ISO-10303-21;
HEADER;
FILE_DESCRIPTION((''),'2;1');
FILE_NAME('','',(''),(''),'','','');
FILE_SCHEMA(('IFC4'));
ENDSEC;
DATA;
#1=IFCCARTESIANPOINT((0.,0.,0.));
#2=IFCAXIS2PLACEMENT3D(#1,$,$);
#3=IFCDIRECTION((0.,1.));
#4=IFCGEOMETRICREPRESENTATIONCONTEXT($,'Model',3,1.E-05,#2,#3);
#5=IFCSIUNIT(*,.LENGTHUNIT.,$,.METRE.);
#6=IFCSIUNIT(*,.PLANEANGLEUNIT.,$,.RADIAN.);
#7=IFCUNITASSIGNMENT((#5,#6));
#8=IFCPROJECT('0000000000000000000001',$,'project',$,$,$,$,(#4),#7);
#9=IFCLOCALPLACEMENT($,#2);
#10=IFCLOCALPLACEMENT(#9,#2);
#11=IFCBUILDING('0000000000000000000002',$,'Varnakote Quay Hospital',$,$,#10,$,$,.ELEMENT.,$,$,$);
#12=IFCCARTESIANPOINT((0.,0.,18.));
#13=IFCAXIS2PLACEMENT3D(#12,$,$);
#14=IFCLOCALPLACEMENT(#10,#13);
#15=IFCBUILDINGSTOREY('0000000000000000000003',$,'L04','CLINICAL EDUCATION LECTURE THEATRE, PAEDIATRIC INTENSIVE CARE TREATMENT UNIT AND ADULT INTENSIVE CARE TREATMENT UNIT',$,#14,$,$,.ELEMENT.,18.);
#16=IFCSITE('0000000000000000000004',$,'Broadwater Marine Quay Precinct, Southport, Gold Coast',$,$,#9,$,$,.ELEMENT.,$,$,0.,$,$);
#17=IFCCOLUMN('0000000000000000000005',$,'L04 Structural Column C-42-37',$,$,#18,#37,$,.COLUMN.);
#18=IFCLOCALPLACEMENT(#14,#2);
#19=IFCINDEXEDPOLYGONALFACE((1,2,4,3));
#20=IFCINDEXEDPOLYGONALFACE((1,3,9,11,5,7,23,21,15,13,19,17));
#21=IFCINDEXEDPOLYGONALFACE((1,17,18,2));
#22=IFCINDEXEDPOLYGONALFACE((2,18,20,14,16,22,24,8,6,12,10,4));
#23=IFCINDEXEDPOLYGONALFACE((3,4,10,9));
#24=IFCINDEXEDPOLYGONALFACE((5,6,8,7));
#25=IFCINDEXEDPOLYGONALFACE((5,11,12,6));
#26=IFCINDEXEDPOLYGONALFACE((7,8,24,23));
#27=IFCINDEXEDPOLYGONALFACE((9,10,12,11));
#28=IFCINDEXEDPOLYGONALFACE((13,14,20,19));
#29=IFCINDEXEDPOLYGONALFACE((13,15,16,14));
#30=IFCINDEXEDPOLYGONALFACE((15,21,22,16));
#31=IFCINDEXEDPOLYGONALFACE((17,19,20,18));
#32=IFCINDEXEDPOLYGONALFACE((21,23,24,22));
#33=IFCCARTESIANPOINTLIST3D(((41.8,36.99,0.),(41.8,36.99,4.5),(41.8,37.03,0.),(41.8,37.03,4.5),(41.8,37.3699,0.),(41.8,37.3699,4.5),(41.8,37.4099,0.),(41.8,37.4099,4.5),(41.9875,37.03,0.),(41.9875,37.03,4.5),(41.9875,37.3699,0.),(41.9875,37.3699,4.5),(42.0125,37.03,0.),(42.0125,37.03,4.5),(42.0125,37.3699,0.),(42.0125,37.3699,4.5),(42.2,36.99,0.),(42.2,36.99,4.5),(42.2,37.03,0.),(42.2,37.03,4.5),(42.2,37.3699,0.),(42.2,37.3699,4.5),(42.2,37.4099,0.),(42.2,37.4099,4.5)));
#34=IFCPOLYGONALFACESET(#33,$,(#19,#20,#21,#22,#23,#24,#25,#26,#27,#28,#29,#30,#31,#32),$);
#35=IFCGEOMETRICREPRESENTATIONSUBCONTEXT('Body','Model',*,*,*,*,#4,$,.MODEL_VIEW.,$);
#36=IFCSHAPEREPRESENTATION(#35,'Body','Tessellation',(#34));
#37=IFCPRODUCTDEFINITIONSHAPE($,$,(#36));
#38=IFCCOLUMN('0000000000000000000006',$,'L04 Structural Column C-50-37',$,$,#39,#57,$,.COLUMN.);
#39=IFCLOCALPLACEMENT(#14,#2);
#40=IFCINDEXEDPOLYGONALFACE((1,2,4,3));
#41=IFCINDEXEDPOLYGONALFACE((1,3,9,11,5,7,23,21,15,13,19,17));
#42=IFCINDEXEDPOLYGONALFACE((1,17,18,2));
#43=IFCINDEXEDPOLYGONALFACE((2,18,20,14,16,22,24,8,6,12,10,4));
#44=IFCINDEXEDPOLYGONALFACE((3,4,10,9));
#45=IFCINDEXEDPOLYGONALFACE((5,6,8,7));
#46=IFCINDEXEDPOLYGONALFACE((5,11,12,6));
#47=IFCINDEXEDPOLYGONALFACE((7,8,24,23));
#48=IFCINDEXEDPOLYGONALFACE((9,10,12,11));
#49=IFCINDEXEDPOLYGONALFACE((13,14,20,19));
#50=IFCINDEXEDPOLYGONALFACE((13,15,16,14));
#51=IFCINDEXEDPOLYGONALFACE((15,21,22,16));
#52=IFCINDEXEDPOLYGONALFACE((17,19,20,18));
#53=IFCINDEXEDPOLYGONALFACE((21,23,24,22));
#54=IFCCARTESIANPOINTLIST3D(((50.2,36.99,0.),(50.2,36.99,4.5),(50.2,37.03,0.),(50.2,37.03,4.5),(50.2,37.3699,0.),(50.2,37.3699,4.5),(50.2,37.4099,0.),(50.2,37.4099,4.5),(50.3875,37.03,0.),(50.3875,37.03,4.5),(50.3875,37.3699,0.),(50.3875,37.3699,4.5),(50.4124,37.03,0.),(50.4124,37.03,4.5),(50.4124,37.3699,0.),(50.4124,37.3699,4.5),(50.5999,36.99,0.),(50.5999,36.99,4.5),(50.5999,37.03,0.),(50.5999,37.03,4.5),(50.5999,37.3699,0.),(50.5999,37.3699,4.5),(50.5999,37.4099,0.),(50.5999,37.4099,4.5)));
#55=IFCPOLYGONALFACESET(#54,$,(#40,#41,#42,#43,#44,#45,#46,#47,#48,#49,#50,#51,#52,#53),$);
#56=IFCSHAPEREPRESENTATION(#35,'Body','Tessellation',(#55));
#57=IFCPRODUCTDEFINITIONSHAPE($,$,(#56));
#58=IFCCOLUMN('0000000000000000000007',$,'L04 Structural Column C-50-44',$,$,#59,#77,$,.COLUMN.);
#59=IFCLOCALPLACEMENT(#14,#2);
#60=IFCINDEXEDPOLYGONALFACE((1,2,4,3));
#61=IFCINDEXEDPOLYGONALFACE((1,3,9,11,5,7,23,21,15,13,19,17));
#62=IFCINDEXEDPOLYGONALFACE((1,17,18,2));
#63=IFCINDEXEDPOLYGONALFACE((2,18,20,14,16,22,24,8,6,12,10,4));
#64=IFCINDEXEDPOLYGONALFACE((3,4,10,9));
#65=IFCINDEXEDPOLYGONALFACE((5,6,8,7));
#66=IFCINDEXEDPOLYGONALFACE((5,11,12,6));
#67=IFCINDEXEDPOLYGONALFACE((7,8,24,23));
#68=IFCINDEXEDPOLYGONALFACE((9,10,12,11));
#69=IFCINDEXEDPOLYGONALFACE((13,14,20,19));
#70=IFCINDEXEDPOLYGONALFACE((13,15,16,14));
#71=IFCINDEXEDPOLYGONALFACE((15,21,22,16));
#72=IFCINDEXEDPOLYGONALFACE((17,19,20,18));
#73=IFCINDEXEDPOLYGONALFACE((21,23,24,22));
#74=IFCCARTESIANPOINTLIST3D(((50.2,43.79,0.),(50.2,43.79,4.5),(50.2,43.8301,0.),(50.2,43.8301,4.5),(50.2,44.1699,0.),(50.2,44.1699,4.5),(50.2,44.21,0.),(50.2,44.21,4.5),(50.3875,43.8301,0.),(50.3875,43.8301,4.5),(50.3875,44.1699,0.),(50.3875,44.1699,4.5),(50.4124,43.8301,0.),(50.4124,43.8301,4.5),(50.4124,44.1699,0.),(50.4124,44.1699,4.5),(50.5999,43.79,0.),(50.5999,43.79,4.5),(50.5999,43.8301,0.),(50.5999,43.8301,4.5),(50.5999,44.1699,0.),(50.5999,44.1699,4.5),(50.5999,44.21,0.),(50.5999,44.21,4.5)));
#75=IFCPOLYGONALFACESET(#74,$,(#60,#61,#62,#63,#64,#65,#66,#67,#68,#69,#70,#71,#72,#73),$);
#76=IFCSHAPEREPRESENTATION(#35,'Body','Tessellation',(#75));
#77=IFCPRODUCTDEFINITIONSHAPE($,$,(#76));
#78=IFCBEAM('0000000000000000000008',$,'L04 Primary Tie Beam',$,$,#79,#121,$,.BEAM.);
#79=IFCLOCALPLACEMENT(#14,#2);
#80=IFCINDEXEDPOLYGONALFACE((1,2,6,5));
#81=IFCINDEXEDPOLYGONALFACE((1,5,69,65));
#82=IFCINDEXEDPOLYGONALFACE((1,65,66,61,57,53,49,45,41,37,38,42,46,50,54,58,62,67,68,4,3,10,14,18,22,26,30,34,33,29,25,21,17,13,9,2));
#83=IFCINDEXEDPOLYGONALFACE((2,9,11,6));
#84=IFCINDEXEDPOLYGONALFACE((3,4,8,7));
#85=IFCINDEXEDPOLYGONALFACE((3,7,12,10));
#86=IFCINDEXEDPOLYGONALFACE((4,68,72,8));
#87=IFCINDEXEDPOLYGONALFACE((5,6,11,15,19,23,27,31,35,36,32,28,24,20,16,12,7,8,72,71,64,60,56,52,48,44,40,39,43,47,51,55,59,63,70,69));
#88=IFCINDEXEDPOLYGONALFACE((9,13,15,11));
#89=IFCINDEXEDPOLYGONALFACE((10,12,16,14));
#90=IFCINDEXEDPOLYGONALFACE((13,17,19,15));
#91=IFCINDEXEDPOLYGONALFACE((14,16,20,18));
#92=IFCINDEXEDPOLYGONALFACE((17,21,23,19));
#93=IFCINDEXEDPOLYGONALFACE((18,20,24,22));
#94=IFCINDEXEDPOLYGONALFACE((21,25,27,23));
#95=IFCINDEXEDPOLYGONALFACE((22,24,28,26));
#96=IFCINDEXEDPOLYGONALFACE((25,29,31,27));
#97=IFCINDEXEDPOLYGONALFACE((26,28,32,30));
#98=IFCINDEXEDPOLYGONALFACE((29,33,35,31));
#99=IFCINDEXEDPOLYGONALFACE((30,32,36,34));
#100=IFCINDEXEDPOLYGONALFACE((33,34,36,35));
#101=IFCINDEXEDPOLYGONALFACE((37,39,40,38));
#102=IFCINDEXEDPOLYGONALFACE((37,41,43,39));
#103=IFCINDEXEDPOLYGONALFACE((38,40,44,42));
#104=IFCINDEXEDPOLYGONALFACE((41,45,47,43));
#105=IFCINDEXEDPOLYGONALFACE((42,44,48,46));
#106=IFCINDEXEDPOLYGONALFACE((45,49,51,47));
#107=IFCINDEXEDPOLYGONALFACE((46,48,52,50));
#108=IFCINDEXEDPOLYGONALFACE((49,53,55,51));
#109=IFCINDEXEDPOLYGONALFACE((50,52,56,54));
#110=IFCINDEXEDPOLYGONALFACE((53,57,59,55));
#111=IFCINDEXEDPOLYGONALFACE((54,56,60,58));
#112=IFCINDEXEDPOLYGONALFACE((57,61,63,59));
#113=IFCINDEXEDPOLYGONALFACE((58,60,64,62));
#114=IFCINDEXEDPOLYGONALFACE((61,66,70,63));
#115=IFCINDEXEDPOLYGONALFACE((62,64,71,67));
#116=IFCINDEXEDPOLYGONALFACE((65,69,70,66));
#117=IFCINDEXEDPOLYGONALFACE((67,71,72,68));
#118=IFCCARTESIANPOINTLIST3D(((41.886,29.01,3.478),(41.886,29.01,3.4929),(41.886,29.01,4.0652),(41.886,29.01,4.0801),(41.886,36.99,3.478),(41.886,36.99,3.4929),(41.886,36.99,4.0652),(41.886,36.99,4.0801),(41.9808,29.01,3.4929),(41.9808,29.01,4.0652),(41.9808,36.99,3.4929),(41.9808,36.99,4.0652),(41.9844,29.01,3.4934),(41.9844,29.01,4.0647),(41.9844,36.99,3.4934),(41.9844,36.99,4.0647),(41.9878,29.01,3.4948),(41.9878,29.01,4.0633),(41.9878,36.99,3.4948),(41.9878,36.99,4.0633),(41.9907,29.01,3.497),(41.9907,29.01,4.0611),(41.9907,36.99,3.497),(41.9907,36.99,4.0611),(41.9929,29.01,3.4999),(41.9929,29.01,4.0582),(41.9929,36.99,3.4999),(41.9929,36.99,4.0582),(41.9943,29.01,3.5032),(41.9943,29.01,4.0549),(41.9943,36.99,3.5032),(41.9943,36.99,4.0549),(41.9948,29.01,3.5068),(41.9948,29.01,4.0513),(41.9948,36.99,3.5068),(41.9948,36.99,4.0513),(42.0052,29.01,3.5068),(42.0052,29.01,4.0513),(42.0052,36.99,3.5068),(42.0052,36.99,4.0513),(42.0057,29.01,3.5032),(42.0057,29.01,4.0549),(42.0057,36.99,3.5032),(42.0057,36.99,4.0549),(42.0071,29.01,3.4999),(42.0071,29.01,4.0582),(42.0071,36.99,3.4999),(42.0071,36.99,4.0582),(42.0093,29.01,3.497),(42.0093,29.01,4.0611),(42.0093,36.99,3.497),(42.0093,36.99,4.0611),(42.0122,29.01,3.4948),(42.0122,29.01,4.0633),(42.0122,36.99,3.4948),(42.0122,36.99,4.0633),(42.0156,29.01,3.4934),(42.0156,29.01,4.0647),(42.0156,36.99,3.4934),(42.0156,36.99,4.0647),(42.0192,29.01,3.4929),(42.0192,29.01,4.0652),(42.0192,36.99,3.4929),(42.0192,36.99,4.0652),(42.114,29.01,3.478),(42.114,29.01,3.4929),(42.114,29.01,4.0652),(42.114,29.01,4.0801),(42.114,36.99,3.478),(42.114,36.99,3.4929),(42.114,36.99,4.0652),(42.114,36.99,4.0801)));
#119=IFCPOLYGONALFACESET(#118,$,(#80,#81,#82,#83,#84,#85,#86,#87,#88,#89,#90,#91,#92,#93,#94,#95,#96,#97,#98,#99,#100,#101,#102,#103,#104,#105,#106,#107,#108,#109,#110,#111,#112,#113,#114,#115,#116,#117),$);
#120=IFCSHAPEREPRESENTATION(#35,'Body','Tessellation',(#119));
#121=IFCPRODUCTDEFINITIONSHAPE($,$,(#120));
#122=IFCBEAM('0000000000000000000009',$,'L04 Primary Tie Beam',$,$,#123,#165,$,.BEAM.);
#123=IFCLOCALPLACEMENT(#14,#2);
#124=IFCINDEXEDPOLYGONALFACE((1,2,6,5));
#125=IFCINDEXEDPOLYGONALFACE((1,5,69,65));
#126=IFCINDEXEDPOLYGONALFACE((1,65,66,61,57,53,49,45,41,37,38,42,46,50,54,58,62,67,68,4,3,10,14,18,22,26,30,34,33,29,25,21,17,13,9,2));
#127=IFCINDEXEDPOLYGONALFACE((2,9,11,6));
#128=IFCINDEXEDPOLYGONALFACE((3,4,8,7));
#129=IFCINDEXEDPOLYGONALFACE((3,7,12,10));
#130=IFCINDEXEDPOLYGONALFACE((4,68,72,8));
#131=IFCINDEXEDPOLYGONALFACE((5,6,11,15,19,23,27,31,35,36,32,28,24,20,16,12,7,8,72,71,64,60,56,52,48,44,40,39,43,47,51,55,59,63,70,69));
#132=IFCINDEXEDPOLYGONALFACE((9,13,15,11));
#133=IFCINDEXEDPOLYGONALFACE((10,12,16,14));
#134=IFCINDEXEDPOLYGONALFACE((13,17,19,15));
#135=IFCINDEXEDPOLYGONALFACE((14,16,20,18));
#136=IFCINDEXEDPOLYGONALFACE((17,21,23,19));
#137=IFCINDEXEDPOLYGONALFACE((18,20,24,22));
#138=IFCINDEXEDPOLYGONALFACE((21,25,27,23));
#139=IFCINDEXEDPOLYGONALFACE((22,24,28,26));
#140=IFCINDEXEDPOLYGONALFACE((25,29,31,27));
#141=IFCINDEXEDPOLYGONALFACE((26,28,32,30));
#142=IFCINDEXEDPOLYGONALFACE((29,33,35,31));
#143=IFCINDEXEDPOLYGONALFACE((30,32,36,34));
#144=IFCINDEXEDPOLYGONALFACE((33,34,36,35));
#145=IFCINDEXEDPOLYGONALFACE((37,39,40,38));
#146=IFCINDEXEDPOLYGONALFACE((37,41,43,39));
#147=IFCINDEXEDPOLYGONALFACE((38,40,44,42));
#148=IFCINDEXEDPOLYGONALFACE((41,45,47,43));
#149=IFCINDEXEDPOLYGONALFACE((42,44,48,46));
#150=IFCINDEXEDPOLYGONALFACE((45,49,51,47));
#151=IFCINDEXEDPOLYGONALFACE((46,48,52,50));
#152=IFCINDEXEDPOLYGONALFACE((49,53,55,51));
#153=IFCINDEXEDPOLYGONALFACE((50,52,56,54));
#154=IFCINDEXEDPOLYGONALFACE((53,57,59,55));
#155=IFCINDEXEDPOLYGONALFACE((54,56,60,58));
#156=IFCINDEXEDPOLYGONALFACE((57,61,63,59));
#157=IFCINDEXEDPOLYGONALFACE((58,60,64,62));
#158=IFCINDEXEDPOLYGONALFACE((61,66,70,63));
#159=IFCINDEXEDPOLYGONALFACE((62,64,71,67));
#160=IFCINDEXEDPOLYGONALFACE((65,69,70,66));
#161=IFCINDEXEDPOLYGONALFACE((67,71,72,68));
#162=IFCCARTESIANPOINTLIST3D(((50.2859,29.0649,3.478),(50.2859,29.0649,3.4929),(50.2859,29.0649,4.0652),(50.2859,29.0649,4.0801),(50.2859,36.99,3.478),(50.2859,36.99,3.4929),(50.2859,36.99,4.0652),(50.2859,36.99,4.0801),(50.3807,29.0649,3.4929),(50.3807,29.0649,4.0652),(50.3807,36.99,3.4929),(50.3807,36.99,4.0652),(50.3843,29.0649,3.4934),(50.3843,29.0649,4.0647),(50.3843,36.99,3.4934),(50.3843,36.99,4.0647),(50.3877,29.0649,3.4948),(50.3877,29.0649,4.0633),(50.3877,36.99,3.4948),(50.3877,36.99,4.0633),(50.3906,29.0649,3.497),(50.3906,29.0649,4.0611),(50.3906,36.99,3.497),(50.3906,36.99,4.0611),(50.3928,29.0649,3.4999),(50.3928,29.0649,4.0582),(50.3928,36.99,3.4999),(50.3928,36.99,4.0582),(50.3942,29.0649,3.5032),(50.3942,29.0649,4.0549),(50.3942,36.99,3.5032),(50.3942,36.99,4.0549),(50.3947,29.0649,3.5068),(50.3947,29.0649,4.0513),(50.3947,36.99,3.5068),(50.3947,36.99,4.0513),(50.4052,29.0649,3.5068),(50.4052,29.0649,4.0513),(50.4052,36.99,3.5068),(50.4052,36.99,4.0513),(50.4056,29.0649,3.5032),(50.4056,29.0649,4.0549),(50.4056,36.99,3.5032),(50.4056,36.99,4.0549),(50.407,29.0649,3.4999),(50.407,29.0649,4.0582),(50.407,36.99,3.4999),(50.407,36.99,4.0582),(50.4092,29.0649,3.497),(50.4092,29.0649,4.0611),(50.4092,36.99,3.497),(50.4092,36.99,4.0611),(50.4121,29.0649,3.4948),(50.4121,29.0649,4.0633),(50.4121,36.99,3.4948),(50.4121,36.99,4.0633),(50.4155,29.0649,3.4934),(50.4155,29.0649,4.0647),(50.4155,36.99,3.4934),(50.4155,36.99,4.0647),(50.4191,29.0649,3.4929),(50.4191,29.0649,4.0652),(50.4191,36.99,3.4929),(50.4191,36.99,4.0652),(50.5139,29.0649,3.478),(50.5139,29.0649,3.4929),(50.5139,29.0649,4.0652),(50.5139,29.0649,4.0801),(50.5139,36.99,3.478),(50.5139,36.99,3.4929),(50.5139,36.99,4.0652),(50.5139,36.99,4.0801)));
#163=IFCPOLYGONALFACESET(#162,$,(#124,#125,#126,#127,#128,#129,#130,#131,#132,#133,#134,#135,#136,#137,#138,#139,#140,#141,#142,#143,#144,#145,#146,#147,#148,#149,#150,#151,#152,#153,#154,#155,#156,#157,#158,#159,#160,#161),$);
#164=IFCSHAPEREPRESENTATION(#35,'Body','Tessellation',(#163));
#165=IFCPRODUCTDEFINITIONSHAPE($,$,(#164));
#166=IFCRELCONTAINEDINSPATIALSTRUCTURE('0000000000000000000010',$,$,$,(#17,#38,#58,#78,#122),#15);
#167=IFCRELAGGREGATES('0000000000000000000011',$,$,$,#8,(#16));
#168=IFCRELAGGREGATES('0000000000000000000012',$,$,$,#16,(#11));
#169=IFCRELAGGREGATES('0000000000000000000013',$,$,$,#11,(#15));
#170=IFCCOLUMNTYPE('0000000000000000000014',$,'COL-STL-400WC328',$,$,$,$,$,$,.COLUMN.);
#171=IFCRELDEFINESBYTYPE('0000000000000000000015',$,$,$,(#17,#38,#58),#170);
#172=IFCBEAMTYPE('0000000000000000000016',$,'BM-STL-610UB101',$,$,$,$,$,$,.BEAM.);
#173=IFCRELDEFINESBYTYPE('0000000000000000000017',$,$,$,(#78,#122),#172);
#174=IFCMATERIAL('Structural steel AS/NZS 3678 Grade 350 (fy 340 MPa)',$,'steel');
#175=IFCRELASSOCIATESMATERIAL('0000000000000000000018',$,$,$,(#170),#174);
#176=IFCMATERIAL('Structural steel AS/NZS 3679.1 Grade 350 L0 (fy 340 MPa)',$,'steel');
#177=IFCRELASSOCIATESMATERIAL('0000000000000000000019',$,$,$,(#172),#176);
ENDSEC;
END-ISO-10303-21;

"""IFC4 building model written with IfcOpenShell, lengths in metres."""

from ifc_helpers import new_model, si_unit, direction, frame, origin, origin_2d, place, context, subcontext, project, spatial, i_section, extrude, material, material_profile, profile_set, type_object, element, save


model = new_model("IFC4")

# Units and contexts
model_context = context("Model", 3, precision=1e-05, world=origin(), true_north=direction((0.0, 1.0)))
body_context = subcontext(model_context, "Body", "Model", "MODEL_VIEW")
ifc_project = project(units=[si_unit("LENGTHUNIT", "METRE"), si_unit("PLANEANGLEUNIT", "RADIAN")], contexts=[model_context])

# Site, building, storey
site_placement = place(None, origin())
site = spatial("IfcSite", under=ifc_project, at=site_placement, Name="Broadwater Marine Quay Precinct, Southport, Gold Coast", CompositionType="ELEMENT", RefElevation=0.0)
building_placement = place(site_placement, origin())
building = spatial("IfcBuilding", under=site, at=building_placement, Name="Varnakote Quay Hospital", CompositionType="ELEMENT")
storey_placement = place(building_placement, frame((0.0, 0.0, 18.0)))
storey = spatial("IfcBuildingStorey", under=building, at=storey_placement, Name="L04", Description="CLINICAL EDUCATION LECTURE THEATRE, PAEDIATRIC INTENSIVE CARE TREATMENT UNIT AND ADULT INTENSIVE CARE TREATMENT UNIT", CompositionType="ELEMENT", Elevation=18.0)

# Columns
ifc_material_1 = material(Name="Structural steel AS/NZS 3678 Grade 350 (fy 340 MPa)", Category="steel")
ifc_material_profile_1 = material_profile(ifc_material_1, i_section(OverallWidth=0.3999, OverallDepth=0.4199, WebThickness=0.0249, FlangeThickness=0.04, at=origin_2d()), Name="400WC328")
ifc_profile_set_1 = profile_set([ifc_material_profile_1], Name="Structural steel AS/NZS 3678 Grade 350 (fy 340 MPa)")
column_type = type_object("IfcColumnType", Name="COL-STL-400WC328", PredefinedType="COLUMN", material=ifc_profile_set_1)
for number, where, z_axis, x_axis, name in (
    (1, (42.0, 37.2, 0.0), (0.0, 0.0, 1.0), (1.0, 0.0, 0.0), "L04 Structural Column C-42-37"),
    (2, (50.3999, 37.2, 0.0), (0.0, 0.0, 1.0), (1.0, 0.0, 0.0), "L04 Structural Column C-50-37"),
    (3, (50.3999, 44.0, 0.0), (0.0, 0.0, 1.0), (1.0, 0.0, 0.0), "L04 Structural Column C-50-44"),
):
    element("IfcColumn", number, at=place(storey_placement, frame(where, z_axis=z_axis, x_axis=x_axis)), inside=storey, type_object=column_type, Name=name, PredefinedType="COLUMN", context=body_context, shape_type="SweptSolid", body=[
        extrude(i_section(OverallWidth=0.3999, OverallDepth=0.4199, WebThickness=0.0249, FlangeThickness=0.04, at=origin_2d()), origin(), (0.0, 0.0, 1.0), 4.5),
    ])

# Beams
ifc_material_2 = material(Name="Structural steel AS/NZS 3679.1 Grade 350 L0 (fy 340 MPa)", Category="steel")
ifc_material_profile_2 = material_profile(ifc_material_2, i_section(OverallWidth=0.228, OverallDepth=0.6021, WebThickness=0.0105, FlangeThickness=0.0149, FilletRadius=0.0139, at=origin_2d()), Name="610UB101")
ifc_profile_set_2 = profile_set([ifc_material_profile_2], Name="Structural steel AS/NZS 3679.1 Grade 350 L0 (fy 340 MPa)")
beam_type_1 = type_object("IfcBeamType", Name="BM-STL-610UB101", PredefinedType="BEAM", material=ifc_profile_set_2)
beam_1_placement = place(storey_placement, frame((42.0, 29.01, 3.7791), z_axis=(0.0, 1.0, 0.0), x_axis=(-1.0, 0.0, 0.0)))
element("IfcBeam", 4, at=beam_1_placement, inside=storey, type_object=beam_type_1, Name="L04 Primary Tie Beam", PredefinedType="BEAM", context=body_context, shape_type="SweptSolid", body=[
    extrude(i_section(OverallWidth=0.228, OverallDepth=0.6021, WebThickness=0.0105, FlangeThickness=0.0149, FilletRadius=0.0139, at=origin_2d()), origin(), (0.0, 0.0, 1.0), 7.98),
])
beam_2_placement = place(storey_placement, frame((50.3999, 29.0649, 3.7791), z_axis=(0.0, 1.0, 0.0), x_axis=(-1.0, 0.0, 0.0)))
element("IfcBeam", 5, at=beam_2_placement, inside=storey, type_object=beam_type_1, Name="L04 Primary Tie Beam", PredefinedType="BEAM", context=body_context, shape_type="SweptSolid", body=[
    extrude(i_section(OverallWidth=0.228, OverallDepth=0.6021, WebThickness=0.0105, FlangeThickness=0.0149, FilletRadius=0.0139, at=origin_2d()), origin(), (0.0, 0.0, 1.0), 7.925),
])

save(model, "model.ifc")
